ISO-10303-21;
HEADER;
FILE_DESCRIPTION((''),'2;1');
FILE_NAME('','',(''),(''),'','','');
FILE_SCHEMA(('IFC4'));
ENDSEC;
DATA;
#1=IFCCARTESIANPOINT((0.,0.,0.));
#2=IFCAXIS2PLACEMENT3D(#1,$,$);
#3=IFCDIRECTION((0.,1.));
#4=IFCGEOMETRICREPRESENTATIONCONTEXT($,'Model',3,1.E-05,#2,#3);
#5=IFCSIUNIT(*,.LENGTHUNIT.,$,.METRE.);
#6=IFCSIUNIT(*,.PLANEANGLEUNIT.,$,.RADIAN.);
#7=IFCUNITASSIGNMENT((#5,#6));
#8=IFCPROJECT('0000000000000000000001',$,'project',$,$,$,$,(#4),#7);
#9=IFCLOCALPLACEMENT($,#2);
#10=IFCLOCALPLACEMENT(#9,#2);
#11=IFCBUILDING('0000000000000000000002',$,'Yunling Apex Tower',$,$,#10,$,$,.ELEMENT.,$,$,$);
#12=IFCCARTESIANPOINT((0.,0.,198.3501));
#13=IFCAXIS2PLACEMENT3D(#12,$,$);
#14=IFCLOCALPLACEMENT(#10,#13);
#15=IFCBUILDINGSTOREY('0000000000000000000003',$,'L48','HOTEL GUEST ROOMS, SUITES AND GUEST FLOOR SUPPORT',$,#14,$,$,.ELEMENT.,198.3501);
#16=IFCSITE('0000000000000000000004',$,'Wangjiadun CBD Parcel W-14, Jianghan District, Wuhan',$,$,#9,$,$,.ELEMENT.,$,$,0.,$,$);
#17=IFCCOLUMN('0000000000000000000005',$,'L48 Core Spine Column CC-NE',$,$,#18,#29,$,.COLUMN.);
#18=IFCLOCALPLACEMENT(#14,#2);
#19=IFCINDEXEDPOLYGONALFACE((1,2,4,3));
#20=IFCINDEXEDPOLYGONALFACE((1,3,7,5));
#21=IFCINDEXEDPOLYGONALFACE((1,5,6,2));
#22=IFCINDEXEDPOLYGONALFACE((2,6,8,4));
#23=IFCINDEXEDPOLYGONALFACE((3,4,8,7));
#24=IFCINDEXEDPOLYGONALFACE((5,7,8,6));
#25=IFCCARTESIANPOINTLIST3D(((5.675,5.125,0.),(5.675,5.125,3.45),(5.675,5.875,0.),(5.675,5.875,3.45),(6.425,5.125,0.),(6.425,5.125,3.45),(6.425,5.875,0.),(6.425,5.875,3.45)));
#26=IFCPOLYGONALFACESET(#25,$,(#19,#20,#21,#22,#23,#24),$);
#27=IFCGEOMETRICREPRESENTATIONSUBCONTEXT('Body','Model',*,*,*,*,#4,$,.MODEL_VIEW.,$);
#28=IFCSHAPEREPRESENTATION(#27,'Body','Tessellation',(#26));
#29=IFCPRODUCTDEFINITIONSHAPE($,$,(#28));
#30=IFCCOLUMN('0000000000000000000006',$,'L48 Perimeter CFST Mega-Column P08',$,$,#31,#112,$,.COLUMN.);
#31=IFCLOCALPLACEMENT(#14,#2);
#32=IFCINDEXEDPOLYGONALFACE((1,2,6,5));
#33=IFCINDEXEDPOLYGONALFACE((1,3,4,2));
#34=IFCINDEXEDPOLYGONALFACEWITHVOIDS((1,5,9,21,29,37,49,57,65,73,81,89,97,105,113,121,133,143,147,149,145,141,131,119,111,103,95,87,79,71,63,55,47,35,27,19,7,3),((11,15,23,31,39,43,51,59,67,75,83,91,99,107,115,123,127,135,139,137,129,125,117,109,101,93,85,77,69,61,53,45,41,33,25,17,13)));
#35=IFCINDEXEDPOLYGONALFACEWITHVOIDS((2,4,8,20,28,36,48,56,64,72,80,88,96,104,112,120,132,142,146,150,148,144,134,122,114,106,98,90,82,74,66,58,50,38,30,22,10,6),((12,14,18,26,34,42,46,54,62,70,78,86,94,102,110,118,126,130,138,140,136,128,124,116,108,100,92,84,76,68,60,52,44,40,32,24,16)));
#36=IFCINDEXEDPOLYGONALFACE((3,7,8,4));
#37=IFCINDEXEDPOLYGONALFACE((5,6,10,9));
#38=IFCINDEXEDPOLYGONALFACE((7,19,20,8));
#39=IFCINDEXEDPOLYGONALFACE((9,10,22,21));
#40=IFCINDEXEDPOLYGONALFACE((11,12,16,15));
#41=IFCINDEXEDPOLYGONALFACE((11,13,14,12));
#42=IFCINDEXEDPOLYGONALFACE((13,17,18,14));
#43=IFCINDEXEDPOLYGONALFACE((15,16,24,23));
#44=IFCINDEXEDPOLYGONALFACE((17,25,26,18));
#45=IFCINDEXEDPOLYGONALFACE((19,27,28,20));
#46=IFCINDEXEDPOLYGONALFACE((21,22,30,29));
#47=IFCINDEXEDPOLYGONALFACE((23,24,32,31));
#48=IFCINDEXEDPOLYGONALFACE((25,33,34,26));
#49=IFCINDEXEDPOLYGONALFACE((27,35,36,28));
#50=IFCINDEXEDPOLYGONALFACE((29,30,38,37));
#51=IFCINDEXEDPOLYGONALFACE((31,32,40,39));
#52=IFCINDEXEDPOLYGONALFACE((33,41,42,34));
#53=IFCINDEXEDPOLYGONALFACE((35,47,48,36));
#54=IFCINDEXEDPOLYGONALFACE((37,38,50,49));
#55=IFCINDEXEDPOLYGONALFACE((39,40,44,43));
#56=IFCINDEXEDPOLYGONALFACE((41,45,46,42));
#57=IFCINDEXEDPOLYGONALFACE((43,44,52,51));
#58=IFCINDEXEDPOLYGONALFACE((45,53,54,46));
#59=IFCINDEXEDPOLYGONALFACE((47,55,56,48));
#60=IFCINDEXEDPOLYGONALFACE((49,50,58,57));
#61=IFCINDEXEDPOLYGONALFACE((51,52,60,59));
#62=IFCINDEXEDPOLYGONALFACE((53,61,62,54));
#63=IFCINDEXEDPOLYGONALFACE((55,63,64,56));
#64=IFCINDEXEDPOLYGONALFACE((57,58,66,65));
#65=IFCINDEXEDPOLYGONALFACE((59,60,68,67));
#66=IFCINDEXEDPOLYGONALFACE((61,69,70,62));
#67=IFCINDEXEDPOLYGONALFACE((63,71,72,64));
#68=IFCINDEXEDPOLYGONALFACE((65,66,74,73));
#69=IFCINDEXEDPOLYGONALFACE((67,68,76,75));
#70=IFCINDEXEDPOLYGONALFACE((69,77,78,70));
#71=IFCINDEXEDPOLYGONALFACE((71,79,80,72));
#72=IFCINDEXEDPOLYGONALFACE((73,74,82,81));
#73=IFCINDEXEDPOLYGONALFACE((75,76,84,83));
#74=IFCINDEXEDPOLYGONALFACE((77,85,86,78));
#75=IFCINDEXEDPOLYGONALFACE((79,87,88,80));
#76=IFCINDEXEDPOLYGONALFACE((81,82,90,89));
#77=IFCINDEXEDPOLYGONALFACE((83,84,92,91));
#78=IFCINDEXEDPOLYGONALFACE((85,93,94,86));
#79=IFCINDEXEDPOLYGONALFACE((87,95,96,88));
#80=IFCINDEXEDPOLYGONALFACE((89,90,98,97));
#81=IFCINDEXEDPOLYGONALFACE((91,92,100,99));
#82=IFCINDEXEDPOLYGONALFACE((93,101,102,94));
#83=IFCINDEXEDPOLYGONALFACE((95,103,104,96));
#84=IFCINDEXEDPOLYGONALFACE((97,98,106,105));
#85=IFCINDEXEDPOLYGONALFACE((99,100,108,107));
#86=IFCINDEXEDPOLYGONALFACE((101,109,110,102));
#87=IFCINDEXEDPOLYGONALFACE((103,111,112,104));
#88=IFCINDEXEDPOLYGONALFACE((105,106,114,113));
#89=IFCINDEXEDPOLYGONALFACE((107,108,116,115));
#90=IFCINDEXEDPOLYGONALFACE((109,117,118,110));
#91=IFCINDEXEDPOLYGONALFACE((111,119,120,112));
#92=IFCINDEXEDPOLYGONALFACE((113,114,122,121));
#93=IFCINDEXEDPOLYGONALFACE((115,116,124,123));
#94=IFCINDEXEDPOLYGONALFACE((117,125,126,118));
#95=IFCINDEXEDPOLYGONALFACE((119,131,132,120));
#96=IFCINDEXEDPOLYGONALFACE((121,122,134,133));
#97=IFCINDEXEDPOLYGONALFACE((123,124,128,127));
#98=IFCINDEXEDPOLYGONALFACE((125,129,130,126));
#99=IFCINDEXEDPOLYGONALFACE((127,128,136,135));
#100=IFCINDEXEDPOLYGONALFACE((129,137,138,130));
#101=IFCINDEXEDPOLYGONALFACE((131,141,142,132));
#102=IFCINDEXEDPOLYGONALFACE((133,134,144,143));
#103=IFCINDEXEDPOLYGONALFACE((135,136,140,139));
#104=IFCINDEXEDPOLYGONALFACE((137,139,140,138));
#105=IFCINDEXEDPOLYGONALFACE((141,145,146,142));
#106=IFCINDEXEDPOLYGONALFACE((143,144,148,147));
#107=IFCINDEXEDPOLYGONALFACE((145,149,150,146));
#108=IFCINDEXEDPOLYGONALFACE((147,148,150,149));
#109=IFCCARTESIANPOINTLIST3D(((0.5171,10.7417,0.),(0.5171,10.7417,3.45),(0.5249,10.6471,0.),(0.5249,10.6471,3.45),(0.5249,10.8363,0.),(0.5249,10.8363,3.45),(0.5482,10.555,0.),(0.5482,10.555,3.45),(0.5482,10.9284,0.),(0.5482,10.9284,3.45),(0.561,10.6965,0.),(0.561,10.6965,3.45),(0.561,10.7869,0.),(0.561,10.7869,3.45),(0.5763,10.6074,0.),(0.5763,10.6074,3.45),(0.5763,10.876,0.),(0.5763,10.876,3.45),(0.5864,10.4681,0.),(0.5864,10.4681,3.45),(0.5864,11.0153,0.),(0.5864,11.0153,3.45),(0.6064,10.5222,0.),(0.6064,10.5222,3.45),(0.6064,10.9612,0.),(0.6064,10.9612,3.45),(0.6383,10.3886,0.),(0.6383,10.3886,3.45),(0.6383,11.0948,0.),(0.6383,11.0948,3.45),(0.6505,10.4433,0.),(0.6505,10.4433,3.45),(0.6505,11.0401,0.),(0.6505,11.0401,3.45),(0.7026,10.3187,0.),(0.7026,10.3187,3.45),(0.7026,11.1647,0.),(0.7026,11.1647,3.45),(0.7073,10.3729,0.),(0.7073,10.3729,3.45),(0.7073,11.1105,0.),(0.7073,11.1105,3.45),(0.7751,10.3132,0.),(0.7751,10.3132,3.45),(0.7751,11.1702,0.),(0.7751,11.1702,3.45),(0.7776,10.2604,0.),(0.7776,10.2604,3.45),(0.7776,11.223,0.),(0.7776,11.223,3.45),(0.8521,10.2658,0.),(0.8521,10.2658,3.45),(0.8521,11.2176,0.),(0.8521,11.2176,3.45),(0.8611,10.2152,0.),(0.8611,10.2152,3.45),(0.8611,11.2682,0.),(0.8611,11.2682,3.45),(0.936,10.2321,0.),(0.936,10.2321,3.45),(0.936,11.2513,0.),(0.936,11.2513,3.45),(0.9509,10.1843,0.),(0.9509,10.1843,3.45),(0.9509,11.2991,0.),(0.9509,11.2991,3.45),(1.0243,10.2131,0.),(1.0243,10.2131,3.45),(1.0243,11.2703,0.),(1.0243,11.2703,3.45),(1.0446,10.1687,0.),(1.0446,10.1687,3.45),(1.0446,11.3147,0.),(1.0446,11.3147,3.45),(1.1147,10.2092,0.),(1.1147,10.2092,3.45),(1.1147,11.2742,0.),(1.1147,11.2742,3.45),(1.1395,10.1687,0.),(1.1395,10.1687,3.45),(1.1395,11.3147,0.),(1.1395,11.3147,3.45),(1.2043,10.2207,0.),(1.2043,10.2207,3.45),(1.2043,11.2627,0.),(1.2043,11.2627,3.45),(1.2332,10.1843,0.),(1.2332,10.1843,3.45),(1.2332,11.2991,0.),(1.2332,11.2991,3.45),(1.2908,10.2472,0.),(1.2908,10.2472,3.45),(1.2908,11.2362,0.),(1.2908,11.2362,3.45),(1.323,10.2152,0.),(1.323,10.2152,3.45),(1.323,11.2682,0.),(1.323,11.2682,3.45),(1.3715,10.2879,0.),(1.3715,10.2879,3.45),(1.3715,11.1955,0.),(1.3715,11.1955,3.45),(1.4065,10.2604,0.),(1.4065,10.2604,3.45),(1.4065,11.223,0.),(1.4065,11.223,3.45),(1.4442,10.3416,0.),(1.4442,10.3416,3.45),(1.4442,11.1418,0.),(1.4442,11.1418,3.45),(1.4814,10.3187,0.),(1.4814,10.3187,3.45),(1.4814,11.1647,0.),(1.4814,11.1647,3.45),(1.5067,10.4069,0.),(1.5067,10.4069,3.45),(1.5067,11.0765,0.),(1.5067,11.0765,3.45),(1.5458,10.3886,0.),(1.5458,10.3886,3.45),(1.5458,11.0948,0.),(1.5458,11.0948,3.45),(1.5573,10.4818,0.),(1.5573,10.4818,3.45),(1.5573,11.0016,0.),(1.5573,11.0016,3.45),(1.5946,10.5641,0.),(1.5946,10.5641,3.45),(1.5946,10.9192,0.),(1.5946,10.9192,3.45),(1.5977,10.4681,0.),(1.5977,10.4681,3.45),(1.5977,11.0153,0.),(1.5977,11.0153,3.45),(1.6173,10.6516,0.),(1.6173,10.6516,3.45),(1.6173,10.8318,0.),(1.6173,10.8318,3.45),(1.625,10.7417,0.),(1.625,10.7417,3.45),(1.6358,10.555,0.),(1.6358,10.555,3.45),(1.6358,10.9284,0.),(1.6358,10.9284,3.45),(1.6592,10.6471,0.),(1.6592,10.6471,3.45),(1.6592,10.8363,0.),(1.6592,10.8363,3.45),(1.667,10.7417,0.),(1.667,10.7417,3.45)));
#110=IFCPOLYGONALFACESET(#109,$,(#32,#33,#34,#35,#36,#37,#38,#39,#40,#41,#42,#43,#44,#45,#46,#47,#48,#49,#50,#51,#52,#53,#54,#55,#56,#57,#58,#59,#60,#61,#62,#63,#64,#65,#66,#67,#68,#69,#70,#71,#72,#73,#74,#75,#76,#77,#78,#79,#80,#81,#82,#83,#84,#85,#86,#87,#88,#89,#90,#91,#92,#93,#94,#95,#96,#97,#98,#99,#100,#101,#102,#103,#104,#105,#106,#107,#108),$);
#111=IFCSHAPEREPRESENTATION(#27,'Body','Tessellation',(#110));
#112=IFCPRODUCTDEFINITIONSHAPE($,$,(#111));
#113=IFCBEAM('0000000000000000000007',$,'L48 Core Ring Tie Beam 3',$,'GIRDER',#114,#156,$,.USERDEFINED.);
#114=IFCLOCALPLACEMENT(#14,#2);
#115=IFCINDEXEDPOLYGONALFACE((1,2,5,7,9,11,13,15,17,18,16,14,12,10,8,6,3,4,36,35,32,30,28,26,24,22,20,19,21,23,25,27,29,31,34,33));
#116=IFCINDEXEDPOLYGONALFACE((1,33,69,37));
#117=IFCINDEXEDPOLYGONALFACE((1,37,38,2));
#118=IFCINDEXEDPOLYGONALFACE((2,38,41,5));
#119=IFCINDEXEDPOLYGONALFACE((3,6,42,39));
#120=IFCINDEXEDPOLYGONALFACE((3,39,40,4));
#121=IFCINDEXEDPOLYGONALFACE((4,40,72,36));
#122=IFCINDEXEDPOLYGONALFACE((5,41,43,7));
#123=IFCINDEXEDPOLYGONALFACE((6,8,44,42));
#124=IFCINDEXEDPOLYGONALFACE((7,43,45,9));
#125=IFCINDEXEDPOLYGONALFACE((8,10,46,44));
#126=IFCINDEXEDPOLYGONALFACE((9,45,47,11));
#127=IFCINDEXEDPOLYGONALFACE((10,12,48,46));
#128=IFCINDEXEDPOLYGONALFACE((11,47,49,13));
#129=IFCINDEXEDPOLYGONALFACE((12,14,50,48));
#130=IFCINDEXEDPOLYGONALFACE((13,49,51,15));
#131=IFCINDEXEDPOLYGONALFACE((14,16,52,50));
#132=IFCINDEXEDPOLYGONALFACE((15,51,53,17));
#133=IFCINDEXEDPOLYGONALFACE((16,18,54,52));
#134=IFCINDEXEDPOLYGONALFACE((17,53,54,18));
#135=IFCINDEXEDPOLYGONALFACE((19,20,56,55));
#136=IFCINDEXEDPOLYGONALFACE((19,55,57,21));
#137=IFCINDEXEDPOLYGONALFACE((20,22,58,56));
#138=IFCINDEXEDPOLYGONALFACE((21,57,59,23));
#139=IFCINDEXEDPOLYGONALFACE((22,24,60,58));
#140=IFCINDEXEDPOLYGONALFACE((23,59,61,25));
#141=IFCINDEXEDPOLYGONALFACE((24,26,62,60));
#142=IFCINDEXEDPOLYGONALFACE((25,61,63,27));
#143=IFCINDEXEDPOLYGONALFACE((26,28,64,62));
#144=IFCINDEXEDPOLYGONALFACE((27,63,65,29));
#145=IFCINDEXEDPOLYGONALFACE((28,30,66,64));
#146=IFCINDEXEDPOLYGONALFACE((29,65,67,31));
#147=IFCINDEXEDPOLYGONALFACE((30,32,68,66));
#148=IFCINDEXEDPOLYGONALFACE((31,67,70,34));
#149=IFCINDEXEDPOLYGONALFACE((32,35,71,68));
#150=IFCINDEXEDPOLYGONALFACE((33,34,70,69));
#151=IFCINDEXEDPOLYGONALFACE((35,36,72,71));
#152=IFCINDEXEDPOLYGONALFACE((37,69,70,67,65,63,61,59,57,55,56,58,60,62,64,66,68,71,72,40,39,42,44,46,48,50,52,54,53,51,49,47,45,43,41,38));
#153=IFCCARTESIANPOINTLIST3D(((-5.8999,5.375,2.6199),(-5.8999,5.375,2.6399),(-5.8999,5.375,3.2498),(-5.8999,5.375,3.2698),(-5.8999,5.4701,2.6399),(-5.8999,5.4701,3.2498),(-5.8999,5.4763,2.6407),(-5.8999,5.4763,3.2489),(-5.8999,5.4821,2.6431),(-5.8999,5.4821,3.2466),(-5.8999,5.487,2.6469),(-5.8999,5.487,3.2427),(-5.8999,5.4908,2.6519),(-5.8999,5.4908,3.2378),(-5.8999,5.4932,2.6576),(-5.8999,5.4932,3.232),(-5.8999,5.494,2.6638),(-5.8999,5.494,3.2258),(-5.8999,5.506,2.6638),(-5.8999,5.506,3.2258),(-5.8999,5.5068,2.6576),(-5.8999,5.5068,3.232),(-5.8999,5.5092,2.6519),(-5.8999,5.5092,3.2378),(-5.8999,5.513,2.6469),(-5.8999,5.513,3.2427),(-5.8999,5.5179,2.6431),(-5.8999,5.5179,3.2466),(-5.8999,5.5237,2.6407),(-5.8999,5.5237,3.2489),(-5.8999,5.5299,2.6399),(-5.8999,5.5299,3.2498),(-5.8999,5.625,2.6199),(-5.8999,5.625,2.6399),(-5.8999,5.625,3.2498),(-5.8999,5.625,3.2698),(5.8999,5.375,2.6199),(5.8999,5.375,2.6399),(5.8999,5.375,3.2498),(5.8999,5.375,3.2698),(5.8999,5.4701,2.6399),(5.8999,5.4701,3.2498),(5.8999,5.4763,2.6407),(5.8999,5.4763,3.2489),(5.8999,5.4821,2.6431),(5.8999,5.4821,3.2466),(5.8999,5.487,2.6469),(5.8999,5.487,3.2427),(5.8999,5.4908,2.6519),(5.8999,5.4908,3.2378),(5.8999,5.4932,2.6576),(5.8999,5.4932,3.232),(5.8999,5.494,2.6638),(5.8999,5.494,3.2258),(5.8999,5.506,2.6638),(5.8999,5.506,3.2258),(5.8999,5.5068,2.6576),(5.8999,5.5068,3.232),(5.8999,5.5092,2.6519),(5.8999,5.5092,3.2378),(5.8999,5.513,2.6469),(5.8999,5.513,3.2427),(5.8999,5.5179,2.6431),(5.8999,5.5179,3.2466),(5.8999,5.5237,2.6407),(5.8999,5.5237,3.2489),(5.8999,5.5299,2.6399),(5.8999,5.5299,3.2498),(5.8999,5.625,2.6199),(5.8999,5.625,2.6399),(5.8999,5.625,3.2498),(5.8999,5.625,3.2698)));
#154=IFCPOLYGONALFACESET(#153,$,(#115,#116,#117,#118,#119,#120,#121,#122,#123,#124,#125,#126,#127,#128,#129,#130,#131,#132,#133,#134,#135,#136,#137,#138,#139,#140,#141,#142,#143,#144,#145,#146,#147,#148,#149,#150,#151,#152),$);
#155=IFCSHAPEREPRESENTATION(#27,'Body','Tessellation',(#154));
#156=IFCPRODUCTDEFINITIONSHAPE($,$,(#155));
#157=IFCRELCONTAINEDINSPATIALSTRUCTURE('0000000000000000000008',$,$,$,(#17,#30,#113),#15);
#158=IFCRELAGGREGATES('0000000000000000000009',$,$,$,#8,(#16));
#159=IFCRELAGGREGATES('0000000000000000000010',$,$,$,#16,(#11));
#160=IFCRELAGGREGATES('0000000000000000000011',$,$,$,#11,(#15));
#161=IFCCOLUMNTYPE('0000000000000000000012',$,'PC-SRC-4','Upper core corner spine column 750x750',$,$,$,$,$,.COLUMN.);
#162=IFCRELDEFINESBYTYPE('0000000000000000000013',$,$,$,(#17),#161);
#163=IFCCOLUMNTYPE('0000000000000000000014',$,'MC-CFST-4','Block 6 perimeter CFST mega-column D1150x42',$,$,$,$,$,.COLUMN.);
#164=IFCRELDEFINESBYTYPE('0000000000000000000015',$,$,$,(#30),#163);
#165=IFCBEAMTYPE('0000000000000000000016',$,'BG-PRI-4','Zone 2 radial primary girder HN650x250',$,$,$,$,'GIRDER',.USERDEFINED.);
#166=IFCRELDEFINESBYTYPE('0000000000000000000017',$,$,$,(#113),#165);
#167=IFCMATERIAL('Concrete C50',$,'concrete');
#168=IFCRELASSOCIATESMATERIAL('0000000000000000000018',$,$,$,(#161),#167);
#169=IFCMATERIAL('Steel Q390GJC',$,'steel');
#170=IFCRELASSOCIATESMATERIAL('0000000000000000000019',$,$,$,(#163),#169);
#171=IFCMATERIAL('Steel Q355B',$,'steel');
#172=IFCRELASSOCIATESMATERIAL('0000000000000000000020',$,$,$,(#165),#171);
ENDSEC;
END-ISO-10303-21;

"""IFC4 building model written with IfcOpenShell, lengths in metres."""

from ifc_helpers import new_model, si_unit, direction, frame, origin, origin_2d, place, context, subcontext, project, spatial, rectangle, hollow_circle, i_section, extrude, source, transform, mapped, material, material_profile, profile_set, type_object, element, save


model = new_model("IFC4")

# Units and contexts
model_context = context("Model", 3, precision=1e-05, world=origin(), true_north=direction((0.0, 1.0)))
body_context = subcontext(model_context, "Body", "Model", "MODEL_VIEW")
ifc_project = project(units=[si_unit("LENGTHUNIT", "METRE"), si_unit("PLANEANGLEUNIT", "RADIAN")], contexts=[model_context])

# Site, building, storey
site_placement = place(None, origin())
site = spatial("IfcSite", under=ifc_project, at=site_placement, Name="Wangjiadun CBD Parcel W-14, Jianghan District, Wuhan", CompositionType="ELEMENT", RefElevation=0.0)
building_placement = place(site_placement, origin())
building = spatial("IfcBuilding", under=site, at=building_placement, Name="Yunling Apex Tower", CompositionType="ELEMENT")
storey_placement = place(building_placement, frame((0.0, 0.0, 198.3501)))
storey = spatial("IfcBuildingStorey", under=building, at=storey_placement, Name="L48", Description="HOTEL GUEST ROOMS, SUITES AND GUEST FLOOR SUPPORT", CompositionType="ELEMENT", Elevation=198.3501)

# Columns
ifc_material_1 = material(Name="Concrete C50", Category="concrete")
ifc_material_profile_1 = material_profile(ifc_material_1, rectangle(XDim=0.75, YDim=0.75, at=origin_2d()))
ifc_profile_set_1 = profile_set([ifc_material_profile_1], Name="Concrete C50")
column_type_1 = type_object("IfcColumnType", Name="PC-SRC-4", Description="Upper core corner spine column 750x750", PredefinedType="COLUMN", material=ifc_profile_set_1)
shared_shape_1 = source(origin(), body_context, "Body", "SweptSolid", [
    extrude(rectangle(XDim=0.75, YDim=0.75, at=origin_2d()), origin(), (0.0, 0.0, 1.0), 3.45),
])
column_1_placement = place(storey_placement, frame((6.05, 5.5, 0.0), z_axis=(0.0, 0.0, 1.0), x_axis=(1.0, 0.0, 0.0)))
element("IfcColumn", 1, at=column_1_placement, inside=storey, type_object=column_type_1, Name="L48 Core Spine Column CC-NE", PredefinedType="COLUMN", context=body_context, shape_type="MappedRepresentation", body=[
    mapped(shared_shape_1, transform((0.0, 0.0, 0.0), scale=1.0)),
])
ifc_material_2 = material(Name="Steel Q390GJC", Category="steel")
ifc_material_profile_2 = material_profile(ifc_material_2, hollow_circle(Radius=0.575, WallThickness=0.042, at=origin_2d()))
ifc_profile_set_2 = profile_set([ifc_material_profile_2], Name="Steel Q390GJC")
column_type_2 = type_object("IfcColumnType", Name="MC-CFST-4", Description="Block 6 perimeter CFST mega-column D1150x42", PredefinedType="COLUMN", material=ifc_profile_set_2)
shared_shape_2 = source(origin(), body_context, "Body", "SweptSolid", [
    extrude(hollow_circle(Radius=0.575, WallThickness=0.042, at=origin_2d()), origin(), (0.0, 0.0, 1.0), 3.45),
])
column_2_placement = place(storey_placement, frame((1.092, 10.7417, 0.0), z_axis=(0.0, 0.0, 1.0), x_axis=(1.0, 0.0, 0.0)))
element("IfcColumn", 2, at=column_2_placement, inside=storey, type_object=column_type_2, Name="L48 Perimeter CFST Mega-Column P08", PredefinedType="COLUMN", context=body_context, shape_type="MappedRepresentation", body=[
    mapped(shared_shape_2, transform((0.0, 0.0, 0.0), scale=1.0)),
])

# Beam
ifc_material_3 = material(Name="Steel Q355B", Category="steel")
ifc_material_profile_3 = material_profile(ifc_material_3, i_section(OverallWidth=0.25, OverallDepth=0.6499, WebThickness=0.012, FlangeThickness=0.02, FilletRadius=0.0239, at=origin_2d()))
ifc_profile_set_3 = profile_set([ifc_material_profile_3], Name="Steel Q355B")
beam_type_1 = type_object("IfcBeamType", Name="BG-PRI-4", Description="Zone 2 radial primary girder HN650x250", ElementType="GIRDER", PredefinedType="USERDEFINED", material=ifc_profile_set_3)
shared_shape_3 = source(origin(), body_context, "Body", "SweptSolid", [
    extrude(i_section(OverallWidth=0.25, OverallDepth=0.6499, WebThickness=0.012, FlangeThickness=0.02, FilletRadius=0.0239, at=origin_2d()), origin(), (0.0, 0.0, 1.0), 11.7998),
])
beam_1_placement = place(storey_placement, frame((5.8999, 5.5, 2.9448), z_axis=(-1.0, 0.0, 0.0), x_axis=(0.0, -1.0, 0.0)))
element("IfcBeam", 3, at=beam_1_placement, inside=storey, type_object=beam_type_1, Name="L48 Core Ring Tie Beam 3", ObjectType="GIRDER", PredefinedType="USERDEFINED", context=body_context, shape_type="MappedRepresentation", body=[
    mapped(shared_shape_3, transform((0.0, 0.0, 0.0), scale=1.0)),
])

save(model, "model.ifc")
